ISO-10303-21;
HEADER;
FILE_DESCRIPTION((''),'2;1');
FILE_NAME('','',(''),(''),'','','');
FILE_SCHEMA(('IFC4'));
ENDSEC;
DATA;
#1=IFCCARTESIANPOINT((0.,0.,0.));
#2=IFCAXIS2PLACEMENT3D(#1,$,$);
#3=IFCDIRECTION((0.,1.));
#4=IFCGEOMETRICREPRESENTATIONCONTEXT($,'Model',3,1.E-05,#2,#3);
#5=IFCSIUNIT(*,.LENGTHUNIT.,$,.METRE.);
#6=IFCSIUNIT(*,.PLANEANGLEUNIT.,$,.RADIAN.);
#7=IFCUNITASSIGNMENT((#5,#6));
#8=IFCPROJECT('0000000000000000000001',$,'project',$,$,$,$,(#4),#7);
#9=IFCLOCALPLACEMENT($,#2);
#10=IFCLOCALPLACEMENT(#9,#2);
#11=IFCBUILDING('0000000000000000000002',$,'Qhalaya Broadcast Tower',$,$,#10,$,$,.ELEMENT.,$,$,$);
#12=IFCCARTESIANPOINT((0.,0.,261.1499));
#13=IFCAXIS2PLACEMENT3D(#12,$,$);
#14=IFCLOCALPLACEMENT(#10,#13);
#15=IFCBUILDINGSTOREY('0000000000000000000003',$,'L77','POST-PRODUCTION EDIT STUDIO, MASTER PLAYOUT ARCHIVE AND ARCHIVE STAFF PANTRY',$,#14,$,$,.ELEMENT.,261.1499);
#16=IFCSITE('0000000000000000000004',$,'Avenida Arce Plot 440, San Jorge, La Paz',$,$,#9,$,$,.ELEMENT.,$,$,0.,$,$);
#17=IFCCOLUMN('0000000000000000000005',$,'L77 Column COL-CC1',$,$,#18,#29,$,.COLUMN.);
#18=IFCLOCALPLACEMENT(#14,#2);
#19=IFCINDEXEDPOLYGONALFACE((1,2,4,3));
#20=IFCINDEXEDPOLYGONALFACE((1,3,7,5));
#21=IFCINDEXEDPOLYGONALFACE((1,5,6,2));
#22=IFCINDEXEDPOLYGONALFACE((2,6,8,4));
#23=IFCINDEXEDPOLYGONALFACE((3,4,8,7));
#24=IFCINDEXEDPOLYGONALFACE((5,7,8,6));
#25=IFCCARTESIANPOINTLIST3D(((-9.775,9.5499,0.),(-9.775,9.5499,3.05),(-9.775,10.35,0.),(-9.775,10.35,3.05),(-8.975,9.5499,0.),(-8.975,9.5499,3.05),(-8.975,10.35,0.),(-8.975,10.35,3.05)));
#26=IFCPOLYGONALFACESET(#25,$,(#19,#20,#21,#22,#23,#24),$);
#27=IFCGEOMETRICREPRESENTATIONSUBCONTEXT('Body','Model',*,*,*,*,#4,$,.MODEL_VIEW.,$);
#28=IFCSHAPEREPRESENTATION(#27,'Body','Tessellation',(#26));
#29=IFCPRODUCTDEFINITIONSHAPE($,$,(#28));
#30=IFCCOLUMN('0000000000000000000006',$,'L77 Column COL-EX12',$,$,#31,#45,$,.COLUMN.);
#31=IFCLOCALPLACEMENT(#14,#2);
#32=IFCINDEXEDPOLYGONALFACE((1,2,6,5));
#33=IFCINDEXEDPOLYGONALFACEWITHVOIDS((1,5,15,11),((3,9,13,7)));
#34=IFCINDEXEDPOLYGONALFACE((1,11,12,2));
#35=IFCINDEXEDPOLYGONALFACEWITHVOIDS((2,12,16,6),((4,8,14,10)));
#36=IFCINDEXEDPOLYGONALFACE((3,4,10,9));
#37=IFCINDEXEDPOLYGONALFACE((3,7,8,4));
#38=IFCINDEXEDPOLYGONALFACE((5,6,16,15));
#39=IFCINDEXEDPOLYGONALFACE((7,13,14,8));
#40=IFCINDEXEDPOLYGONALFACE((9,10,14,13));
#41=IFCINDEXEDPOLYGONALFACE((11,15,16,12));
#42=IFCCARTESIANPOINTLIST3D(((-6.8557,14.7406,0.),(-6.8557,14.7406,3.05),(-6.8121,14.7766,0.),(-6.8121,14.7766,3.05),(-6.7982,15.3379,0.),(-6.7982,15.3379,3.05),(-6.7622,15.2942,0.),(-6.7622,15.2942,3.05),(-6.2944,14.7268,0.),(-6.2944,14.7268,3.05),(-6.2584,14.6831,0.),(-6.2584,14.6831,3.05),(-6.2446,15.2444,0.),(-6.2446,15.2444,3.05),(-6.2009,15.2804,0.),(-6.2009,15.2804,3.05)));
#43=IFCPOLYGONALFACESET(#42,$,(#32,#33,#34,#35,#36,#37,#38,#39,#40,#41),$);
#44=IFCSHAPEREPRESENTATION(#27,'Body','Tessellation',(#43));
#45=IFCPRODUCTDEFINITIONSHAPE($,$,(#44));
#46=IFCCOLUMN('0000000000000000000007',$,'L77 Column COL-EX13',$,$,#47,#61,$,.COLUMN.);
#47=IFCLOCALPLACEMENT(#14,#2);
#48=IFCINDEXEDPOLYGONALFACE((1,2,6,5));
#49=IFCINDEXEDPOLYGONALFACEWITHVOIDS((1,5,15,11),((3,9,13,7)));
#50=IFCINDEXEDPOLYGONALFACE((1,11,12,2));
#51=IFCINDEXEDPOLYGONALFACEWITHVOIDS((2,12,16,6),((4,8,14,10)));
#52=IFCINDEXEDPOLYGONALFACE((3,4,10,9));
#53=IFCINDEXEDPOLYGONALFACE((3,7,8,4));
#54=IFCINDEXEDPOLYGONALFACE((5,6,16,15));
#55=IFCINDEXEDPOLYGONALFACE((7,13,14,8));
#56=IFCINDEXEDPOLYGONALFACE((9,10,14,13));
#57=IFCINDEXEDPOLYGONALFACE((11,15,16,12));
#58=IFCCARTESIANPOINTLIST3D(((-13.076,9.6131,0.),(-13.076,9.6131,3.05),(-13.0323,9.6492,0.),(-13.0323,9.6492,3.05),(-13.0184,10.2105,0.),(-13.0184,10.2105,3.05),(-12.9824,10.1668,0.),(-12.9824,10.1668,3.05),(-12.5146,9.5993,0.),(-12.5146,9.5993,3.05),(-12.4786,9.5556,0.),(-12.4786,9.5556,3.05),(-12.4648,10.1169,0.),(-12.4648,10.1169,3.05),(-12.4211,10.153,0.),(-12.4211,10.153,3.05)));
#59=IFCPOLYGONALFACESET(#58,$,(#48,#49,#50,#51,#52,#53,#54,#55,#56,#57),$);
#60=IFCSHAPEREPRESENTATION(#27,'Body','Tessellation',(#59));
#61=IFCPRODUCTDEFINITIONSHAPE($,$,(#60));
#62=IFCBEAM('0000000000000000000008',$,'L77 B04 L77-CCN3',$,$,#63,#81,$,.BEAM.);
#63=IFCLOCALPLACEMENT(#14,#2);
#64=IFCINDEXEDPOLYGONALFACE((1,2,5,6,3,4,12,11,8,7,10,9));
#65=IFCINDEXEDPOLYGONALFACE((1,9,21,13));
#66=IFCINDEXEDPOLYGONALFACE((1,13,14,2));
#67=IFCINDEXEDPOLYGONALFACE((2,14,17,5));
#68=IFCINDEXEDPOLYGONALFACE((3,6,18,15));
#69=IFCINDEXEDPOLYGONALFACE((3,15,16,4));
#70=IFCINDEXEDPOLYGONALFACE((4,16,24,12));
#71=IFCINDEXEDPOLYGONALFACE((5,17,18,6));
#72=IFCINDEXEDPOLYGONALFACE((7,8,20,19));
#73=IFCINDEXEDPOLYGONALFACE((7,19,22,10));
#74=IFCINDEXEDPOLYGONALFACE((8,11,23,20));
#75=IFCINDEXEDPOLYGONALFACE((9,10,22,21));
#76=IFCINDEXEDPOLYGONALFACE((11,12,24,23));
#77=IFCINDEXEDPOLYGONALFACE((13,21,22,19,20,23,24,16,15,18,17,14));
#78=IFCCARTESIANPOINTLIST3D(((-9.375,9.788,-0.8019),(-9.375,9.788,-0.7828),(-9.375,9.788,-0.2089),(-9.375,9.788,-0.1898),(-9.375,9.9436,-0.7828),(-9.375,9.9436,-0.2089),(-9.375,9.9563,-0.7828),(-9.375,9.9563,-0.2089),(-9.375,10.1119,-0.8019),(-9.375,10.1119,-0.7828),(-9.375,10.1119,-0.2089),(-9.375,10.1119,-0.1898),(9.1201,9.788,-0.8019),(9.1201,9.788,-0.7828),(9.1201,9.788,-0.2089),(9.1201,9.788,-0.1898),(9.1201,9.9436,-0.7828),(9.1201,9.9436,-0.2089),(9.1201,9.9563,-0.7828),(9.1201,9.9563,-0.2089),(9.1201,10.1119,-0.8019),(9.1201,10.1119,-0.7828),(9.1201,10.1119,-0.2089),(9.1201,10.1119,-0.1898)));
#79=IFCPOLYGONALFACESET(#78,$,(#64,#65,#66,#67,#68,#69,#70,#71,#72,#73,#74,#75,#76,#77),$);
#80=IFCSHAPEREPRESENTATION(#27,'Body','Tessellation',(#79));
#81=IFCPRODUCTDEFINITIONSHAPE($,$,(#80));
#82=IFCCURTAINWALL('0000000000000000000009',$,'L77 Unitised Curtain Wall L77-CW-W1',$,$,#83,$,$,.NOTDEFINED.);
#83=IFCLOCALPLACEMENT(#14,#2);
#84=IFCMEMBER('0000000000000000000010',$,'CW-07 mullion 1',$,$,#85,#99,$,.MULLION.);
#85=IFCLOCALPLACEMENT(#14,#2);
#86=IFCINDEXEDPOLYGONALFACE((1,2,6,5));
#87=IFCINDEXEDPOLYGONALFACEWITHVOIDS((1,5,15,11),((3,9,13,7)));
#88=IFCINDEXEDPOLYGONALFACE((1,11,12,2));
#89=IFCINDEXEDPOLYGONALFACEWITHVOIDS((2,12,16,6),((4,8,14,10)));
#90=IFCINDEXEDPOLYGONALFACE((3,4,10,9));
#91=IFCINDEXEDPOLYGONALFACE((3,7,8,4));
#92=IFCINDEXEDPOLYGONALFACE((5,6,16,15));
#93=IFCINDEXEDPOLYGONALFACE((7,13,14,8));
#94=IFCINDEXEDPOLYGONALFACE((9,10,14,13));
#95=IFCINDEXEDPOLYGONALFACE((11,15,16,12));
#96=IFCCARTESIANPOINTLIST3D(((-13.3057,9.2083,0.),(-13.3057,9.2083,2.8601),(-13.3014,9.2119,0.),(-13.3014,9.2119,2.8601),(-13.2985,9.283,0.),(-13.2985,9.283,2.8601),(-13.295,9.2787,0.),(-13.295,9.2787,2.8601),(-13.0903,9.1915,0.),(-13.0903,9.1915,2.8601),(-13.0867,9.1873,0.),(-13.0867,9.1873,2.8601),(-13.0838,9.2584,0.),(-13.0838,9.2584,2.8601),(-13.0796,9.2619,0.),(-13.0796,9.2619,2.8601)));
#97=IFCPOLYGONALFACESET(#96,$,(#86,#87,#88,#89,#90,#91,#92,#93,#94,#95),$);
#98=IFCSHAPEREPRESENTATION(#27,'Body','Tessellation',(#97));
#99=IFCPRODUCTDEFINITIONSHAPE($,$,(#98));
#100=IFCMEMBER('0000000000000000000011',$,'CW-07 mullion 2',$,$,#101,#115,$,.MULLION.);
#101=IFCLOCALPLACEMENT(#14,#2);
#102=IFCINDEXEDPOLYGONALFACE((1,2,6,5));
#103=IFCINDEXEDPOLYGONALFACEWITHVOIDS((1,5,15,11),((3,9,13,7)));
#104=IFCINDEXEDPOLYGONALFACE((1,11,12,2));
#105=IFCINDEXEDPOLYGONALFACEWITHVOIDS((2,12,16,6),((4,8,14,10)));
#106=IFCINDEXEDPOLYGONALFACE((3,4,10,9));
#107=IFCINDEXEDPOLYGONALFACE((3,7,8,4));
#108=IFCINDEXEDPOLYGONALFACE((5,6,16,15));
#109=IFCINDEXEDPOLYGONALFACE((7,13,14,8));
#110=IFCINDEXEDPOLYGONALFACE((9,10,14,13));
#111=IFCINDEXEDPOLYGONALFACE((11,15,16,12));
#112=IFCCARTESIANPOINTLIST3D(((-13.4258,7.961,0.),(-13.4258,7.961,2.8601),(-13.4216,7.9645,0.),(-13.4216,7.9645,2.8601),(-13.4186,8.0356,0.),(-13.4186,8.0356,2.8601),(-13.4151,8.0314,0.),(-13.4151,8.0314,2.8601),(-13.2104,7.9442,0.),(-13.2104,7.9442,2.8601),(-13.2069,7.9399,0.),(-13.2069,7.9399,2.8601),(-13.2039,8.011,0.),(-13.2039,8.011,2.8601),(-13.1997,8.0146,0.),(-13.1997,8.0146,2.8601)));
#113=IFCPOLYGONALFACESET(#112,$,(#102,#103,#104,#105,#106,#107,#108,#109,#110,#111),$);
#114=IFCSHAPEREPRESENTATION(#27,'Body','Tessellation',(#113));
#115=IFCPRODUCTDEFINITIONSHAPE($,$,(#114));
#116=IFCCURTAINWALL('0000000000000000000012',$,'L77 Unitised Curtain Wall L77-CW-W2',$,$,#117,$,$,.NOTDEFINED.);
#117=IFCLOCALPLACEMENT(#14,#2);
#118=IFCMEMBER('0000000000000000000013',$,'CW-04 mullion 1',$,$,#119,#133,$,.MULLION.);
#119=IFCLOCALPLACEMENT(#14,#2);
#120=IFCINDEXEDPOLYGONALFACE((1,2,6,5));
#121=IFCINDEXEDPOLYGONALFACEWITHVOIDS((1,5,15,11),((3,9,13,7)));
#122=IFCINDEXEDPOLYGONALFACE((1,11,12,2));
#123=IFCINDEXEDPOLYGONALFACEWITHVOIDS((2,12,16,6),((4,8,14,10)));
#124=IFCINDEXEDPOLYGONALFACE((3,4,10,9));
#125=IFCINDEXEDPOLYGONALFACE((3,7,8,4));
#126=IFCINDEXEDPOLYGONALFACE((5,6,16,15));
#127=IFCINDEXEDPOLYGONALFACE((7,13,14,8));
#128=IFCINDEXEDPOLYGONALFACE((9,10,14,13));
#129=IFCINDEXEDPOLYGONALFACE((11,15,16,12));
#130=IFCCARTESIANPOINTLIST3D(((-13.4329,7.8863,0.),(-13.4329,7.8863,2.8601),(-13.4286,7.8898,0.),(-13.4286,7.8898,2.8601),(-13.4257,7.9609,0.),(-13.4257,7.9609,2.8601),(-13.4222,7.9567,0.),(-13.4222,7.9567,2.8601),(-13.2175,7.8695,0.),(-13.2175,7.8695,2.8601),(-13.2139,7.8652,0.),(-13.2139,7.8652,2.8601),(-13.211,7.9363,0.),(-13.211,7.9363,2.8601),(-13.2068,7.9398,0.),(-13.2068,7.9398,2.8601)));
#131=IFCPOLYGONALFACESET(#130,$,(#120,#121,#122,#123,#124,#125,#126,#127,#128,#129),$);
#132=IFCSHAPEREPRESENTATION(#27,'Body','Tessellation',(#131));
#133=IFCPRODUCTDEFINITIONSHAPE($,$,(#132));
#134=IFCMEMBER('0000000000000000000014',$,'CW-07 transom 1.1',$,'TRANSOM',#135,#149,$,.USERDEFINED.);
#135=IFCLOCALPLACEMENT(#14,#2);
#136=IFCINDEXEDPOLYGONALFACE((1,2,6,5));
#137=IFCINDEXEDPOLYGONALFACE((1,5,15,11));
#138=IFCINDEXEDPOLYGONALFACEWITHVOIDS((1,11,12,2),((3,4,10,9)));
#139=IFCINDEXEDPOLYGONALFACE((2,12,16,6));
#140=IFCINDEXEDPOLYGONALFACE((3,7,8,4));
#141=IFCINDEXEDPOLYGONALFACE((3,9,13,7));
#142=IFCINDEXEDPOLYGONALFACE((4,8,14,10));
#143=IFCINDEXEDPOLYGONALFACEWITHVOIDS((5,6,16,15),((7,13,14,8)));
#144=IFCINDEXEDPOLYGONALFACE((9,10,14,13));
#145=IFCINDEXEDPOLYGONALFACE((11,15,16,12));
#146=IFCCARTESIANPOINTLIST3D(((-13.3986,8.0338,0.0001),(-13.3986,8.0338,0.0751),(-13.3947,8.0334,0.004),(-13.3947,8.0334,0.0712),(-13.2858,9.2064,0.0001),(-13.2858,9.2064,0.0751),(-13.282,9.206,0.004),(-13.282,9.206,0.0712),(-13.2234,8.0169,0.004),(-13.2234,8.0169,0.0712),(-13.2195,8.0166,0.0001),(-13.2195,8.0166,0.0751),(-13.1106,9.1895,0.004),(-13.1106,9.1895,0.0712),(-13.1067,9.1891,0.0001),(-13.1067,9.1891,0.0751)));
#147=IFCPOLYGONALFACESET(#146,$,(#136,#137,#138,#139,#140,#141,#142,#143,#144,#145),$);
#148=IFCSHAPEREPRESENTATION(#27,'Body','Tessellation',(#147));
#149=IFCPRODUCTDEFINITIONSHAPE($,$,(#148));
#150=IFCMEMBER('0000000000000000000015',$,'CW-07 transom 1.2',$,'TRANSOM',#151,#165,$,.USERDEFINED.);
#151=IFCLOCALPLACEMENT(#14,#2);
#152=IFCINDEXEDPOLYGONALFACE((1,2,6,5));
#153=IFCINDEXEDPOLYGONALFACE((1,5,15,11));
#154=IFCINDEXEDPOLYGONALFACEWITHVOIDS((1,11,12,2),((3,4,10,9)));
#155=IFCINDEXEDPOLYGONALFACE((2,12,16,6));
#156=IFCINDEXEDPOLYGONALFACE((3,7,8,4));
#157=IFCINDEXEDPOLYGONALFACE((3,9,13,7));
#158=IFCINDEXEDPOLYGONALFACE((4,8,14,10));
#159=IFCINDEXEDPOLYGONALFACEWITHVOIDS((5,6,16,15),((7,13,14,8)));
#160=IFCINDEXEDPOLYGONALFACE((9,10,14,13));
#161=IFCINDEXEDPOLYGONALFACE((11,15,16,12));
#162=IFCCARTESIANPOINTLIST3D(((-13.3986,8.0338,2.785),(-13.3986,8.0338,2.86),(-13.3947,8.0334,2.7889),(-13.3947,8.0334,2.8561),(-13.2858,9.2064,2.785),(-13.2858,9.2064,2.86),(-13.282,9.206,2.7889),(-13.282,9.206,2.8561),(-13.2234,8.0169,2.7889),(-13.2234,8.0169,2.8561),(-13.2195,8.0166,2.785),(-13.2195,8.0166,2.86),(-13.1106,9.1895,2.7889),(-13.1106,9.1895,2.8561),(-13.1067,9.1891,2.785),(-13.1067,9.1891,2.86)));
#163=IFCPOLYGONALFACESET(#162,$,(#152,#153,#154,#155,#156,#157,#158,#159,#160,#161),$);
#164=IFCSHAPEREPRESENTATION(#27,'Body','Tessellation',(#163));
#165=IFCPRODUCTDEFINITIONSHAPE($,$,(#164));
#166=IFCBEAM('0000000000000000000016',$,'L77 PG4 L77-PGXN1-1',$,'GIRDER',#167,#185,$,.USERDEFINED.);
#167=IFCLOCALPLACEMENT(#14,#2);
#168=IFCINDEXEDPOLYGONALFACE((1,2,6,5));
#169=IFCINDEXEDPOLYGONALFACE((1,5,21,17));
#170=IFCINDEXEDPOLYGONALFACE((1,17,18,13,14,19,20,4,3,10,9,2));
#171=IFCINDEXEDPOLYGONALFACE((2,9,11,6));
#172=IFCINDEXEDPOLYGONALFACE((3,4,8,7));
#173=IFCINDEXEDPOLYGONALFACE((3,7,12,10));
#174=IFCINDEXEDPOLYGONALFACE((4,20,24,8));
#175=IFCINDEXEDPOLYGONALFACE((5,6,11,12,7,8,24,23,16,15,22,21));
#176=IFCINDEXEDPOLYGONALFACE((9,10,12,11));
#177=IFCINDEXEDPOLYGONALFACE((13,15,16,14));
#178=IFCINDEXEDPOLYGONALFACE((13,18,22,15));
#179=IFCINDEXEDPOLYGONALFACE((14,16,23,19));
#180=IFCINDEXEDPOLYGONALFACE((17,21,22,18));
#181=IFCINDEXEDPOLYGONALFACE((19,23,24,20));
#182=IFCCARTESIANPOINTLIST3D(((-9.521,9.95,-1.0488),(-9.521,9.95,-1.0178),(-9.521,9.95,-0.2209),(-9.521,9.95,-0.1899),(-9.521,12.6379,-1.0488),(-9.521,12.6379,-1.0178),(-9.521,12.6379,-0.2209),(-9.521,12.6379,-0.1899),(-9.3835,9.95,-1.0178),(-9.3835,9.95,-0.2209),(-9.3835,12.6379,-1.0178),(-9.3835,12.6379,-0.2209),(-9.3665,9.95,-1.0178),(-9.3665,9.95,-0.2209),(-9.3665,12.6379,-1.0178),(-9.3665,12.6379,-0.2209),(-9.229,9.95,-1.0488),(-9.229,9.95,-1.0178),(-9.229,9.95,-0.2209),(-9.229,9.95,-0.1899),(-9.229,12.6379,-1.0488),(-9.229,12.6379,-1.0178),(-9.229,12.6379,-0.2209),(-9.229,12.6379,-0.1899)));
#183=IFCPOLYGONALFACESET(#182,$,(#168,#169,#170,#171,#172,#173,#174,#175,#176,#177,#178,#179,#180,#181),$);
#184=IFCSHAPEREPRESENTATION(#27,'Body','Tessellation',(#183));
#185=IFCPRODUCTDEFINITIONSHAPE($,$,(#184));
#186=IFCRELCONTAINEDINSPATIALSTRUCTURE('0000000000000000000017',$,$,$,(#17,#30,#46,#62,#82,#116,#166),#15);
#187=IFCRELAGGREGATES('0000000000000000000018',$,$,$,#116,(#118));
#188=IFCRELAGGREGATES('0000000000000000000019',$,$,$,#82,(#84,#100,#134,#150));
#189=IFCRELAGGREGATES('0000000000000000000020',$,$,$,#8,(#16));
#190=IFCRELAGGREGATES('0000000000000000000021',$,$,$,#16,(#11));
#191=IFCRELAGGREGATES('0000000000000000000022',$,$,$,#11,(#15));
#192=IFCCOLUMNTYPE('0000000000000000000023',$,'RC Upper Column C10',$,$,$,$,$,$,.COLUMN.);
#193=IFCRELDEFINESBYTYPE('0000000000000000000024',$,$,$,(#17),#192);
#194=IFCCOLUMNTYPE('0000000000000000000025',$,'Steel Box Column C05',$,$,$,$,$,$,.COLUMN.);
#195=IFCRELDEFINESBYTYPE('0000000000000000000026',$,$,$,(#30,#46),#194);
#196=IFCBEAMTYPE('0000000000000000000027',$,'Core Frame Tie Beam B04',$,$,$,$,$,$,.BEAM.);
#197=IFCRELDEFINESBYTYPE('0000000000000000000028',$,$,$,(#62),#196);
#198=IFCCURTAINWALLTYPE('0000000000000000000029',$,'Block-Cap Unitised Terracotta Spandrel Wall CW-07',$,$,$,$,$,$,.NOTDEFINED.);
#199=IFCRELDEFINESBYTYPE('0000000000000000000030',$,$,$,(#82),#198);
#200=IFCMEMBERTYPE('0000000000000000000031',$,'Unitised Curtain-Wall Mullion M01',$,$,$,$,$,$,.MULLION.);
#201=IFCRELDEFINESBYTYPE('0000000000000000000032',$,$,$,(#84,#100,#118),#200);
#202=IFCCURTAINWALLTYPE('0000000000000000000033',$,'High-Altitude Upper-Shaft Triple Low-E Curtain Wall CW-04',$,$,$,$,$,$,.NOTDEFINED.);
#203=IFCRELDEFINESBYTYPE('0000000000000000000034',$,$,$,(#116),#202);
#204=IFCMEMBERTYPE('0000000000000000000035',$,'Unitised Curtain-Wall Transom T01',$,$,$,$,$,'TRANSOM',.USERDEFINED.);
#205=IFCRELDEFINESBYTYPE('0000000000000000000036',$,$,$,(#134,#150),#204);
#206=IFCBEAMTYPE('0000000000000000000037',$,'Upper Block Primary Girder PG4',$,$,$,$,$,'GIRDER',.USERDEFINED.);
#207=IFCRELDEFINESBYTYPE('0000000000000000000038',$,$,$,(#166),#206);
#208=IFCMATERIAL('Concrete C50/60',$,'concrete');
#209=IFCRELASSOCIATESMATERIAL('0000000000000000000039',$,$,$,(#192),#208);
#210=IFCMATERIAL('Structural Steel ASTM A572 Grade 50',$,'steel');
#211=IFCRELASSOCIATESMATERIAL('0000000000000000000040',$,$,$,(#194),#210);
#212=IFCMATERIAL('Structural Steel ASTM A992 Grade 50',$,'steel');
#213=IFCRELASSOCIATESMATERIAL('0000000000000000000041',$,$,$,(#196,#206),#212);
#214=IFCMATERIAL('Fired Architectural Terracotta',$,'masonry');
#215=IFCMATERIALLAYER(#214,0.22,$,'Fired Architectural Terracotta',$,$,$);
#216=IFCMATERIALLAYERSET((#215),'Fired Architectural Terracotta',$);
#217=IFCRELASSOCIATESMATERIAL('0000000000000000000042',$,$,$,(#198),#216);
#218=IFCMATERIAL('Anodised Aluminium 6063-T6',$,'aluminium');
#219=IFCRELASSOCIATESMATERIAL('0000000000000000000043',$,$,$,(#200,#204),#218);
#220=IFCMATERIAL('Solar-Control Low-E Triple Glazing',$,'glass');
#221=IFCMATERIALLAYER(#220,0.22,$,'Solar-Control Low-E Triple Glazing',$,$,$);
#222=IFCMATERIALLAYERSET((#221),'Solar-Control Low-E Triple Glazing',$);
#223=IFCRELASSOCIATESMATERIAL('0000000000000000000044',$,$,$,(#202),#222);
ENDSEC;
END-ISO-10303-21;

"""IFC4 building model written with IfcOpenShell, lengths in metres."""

from ifc_helpers import new_model, si_unit, direction, frame, origin, origin_2d, place, context, subcontext, project, spatial, rectangle, hollow_rectangle, i_section, extrude, material, layer, layer_set, material_profile, profile_set, type_object, element, aggregate, save


model = new_model("IFC4")

# Units and contexts
model_context = context("Model", 3, precision=1e-05, world=origin(), true_north=direction((0.0, 1.0)))
body_context = subcontext(model_context, "Body", "Model", "MODEL_VIEW")
ifc_project = project(units=[si_unit("LENGTHUNIT", "METRE"), si_unit("PLANEANGLEUNIT", "RADIAN")], contexts=[model_context])

# Site, building, storey
site_placement = place(None, origin())
site = spatial("IfcSite", under=ifc_project, at=site_placement, Name="Avenida Arce Plot 440, San Jorge, La Paz", CompositionType="ELEMENT", RefElevation=0.0)
building_placement = place(site_placement, origin())
building = spatial("IfcBuilding", under=site, at=building_placement, Name="Qhalaya Broadcast Tower", CompositionType="ELEMENT")
storey_placement = place(building_placement, frame((0.0, 0.0, 261.1499)))
storey = spatial("IfcBuildingStorey", under=building, at=storey_placement, Name="L77", Description="POST-PRODUCTION EDIT STUDIO, MASTER PLAYOUT ARCHIVE AND ARCHIVE STAFF PANTRY", CompositionType="ELEMENT", Elevation=261.1499)

# Columns
ifc_material_1 = material(Name="Concrete C50/60", Category="concrete")
ifc_material_profile_1 = material_profile(ifc_material_1, rectangle(XDim=0.8, YDim=0.8, at=origin_2d()), Name="RC-COL 800x800")
ifc_profile_set_1 = profile_set([ifc_material_profile_1], Name="Concrete C50/60")
column_type_1 = type_object("IfcColumnType", Name="RC Upper Column C10", PredefinedType="COLUMN", material=ifc_profile_set_1)
column_placement = place(storey_placement, frame((-9.375, 9.95, 0.0), z_axis=(0.0, 0.0, 1.0), x_axis=(1.0, 0.0, 0.0)))
element("IfcColumn", 1, at=column_placement, inside=storey, type_object=column_type_1, Name="L77 Column COL-CC1", PredefinedType="COLUMN", context=body_context, shape_type="SweptSolid", body=[
    extrude(rectangle(XDim=0.8, YDim=0.8, at=origin_2d()), origin(), (0.0, 0.0, 1.0), 3.05),
])
ifc_material_2 = material(Name="Structural Steel ASTM A572 Grade 50", Category="steel")
ifc_material_profile_2 = material_profile(ifc_material_2, hollow_rectangle(XDim=0.6001, YDim=0.6001, WallThickness=0.04, at=origin_2d()), Name="BOX 600x600x40")
ifc_profile_set_2 = profile_set([ifc_material_profile_2], Name="Structural Steel ASTM A572 Grade 50")
column_type_2 = type_object("IfcColumnType", Name="Steel Box Column C05", PredefinedType="COLUMN", material=ifc_profile_set_2)
for number, where, z_axis, x_axis, name in (
    (2, (-6.5283, 15.0105, 0.0), (0.0, 0.0, 1.0), (0.995396, -0.095846, 0.0), "L77 Column COL-EX12"),
    (3, (-12.7485, 9.8831, 0.0), (0.0, 0.0, 1.0), (0.095846, 0.995396, 0.0), "L77 Column COL-EX13"),
):
    element("IfcColumn", number, at=place(storey_placement, frame(where, z_axis=z_axis, x_axis=x_axis)), inside=storey, type_object=column_type_2, Name=name, PredefinedType="COLUMN", context=body_context, shape_type="SweptSolid", body=[
        extrude(hollow_rectangle(XDim=0.6001, YDim=0.6001, WallThickness=0.04, at=origin_2d()), origin(), (0.0, 0.0, 1.0), 3.05),
    ])

# Beam
ifc_material_3 = material(Name="Structural Steel ASTM A992 Grade 50", Category="steel")
ifc_material_profile_3 = material_profile(ifc_material_3, i_section(OverallWidth=0.324, OverallDepth=0.6121, WebThickness=0.0127, FlangeThickness=0.019, at=origin_2d()), Name="W24X104")
ifc_profile_set_3 = profile_set([ifc_material_profile_3], Name="Structural Steel ASTM A992 Grade 50")
beam_type_1 = type_object("IfcBeamType", Name="Core Frame Tie Beam B04", PredefinedType="BEAM", material=ifc_profile_set_3)
beam_1_placement = place(storey_placement, frame((-9.375, 9.95, -0.4958), z_axis=(1.0, 0.0, 0.0), x_axis=(0.0, 1.0, 0.0)))
element("IfcBeam", 4, at=beam_1_placement, inside=storey, type_object=beam_type_1, Name="L77 B04 L77-CCN3", PredefinedType="BEAM", context=body_context, shape_type="SweptSolid", body=[
    extrude(i_section(OverallWidth=0.324, OverallDepth=0.6121, WebThickness=0.0127, FlangeThickness=0.019, at=origin_2d()), origin(), (0.0, 0.0, 1.0), 18.4951),
])

# Curtain wall, members
ifc_material_4 = material(Name="Fired Architectural Terracotta", Category="masonry")
ifc_layer_1 = layer(ifc_material_4, 0.22, Name="Fired Architectural Terracotta")
ifc_layer_set_1 = layer_set([ifc_layer_1], Name="Fired Architectural Terracotta")
curtain_wall_type_1 = type_object("IfcCurtainWallType", Name="Block-Cap Unitised Terracotta Spandrel Wall CW-07", PredefinedType="NOTDEFINED", material=ifc_layer_set_1)
curtain_wall_1_placement = place(storey_placement, origin())
curtain_wall_1 = element("IfcCurtainWall", 5, at=curtain_wall_1_placement, inside=storey, type_object=curtain_wall_type_1, Name="L77 Unitised Curtain Wall L77-CW-W1", PredefinedType="NOTDEFINED")
ifc_material_5 = material(Name="Anodised Aluminium 6063-T6", Category="aluminium")
ifc_material_profile_4 = material_profile(ifc_material_5, hollow_rectangle(XDim=0.075, YDim=0.22, WallThickness=0.0039, at=origin_2d()), Name="ALU-MUL 75x220x4")
ifc_profile_set_4 = profile_set([ifc_material_profile_4], Name="Anodised Aluminium 6063-T6")
member_type_1 = type_object("IfcMemberType", Name="Unitised Curtain-Wall Mullion M01", PredefinedType="MULLION", material=ifc_profile_set_4)
member_1_placement = place(storey_placement, frame((-13.1926, 9.2351, 0.0), z_axis=(0.0, 0.0, 1.0), x_axis=(-0.095857, -0.995395, 0.0)))
member_1 = element("IfcMember", 6, at=member_1_placement, type_object=member_type_1, Name="CW-07 mullion 1", PredefinedType="MULLION", context=body_context, shape_type="SweptSolid", body=[
    extrude(hollow_rectangle(XDim=0.075, YDim=0.22, WallThickness=0.0039, at=origin_2d()), origin(), (0.0, 0.0, 1.0), 2.8601),
])
member_2_placement = place(storey_placement, frame((-13.3127, 7.9878, 0.0), z_axis=(0.0, 0.0, 1.0), x_axis=(-0.095857, -0.995395, 0.0)))
member_2 = element("IfcMember", 7, at=member_2_placement, type_object=member_type_1, Name="CW-07 mullion 2", PredefinedType="MULLION", context=body_context, shape_type="SweptSolid", body=[
    extrude(hollow_rectangle(XDim=0.075, YDim=0.22, WallThickness=0.0039, at=origin_2d()), origin(), (0.0, 0.0, 1.0), 2.8601),
])

# Curtain wall, member
ifc_material_6 = material(Name="Solar-Control Low-E Triple Glazing", Category="glass")
ifc_layer_2 = layer(ifc_material_6, 0.22, Name="Solar-Control Low-E Triple Glazing")
ifc_layer_set_2 = layer_set([ifc_layer_2], Name="Solar-Control Low-E Triple Glazing")
curtain_wall_type_2 = type_object("IfcCurtainWallType", Name="High-Altitude Upper-Shaft Triple Low-E Curtain Wall CW-04", PredefinedType="NOTDEFINED", material=ifc_layer_set_2)
curtain_wall_2_placement = place(storey_placement, origin())
curtain_wall_2 = element("IfcCurtainWall", 8, at=curtain_wall_2_placement, inside=storey, type_object=curtain_wall_type_2, Name="L77 Unitised Curtain Wall L77-CW-W2", PredefinedType="NOTDEFINED")
member_3_placement = place(storey_placement, frame((-13.3198, 7.9131, 0.0), z_axis=(0.0, 0.0, 1.0), x_axis=(-0.095851, -0.995396, 0.0)))
member_3 = element("IfcMember", 9, at=member_3_placement, type_object=member_type_1, Name="CW-04 mullion 1", PredefinedType="MULLION", context=body_context, shape_type="SweptSolid", body=[
    extrude(hollow_rectangle(XDim=0.075, YDim=0.22, WallThickness=0.0039, at=origin_2d()), origin(), (0.0, 0.0, 1.0), 2.8601),
])
aggregate(curtain_wall_2, [member_3])

# Members
ifc_material_profile_5 = material_profile(ifc_material_5, hollow_rectangle(XDim=0.075, YDim=0.1799, WallThickness=0.0039, at=origin_2d()), Name="ALU-TRN 75x180x4")
ifc_profile_set_5 = profile_set([ifc_material_profile_5], Name="Anodised Aluminium 6063-T6")
member_type_2 = type_object("IfcMemberType", Name="Unitised Curtain-Wall Transom T01", ElementType="TRANSOM", PredefinedType="USERDEFINED", material=ifc_profile_set_5)
member_4_placement = place(storey_placement, frame((-13.1963, 9.1978, 0.0376), z_axis=(-0.095748, -0.995406, 0.0), x_axis=(0.0, 0.0, 1.0)))
member_4 = element("IfcMember", 10, at=member_4_placement, type_object=member_type_2, Name="CW-07 transom 1.1", ObjectType="TRANSOM", PredefinedType="USERDEFINED", context=body_context, shape_type="SweptSolid", body=[
    extrude(hollow_rectangle(XDim=0.075, YDim=0.1799, WallThickness=0.0039, at=origin_2d()), origin(), (0.0, 0.0, 1.0), 1.178),
])
member_5_placement = place(storey_placement, frame((-13.1963, 9.1978, 2.8225), z_axis=(-0.095748, -0.995406, 0.0), x_axis=(0.0, 0.0, 1.0)))
member_5 = element("IfcMember", 11, at=member_5_placement, type_object=member_type_2, Name="CW-07 transom 1.2", ObjectType="TRANSOM", PredefinedType="USERDEFINED", context=body_context, shape_type="SweptSolid", body=[
    extrude(hollow_rectangle(XDim=0.075, YDim=0.1799, WallThickness=0.0039, at=origin_2d()), origin(), (0.0, 0.0, 1.0), 1.178),
])

# Beam
ifc_material_profile_6 = material_profile(ifc_material_3, i_section(OverallWidth=0.292, OverallDepth=0.8589, WebThickness=0.0171, FlangeThickness=0.031, at=origin_2d()), Name="W33X169")
ifc_profile_set_6 = profile_set([ifc_material_profile_6], Name="Structural Steel ASTM A992 Grade 50")
beam_type_2 = type_object("IfcBeamType", Name="Upper Block Primary Girder PG4", ElementType="GIRDER", PredefinedType="USERDEFINED", material=ifc_profile_set_6)
beam_2_placement = place(storey_placement, frame((-9.375, 9.95, -0.6194), z_axis=(0.0, 1.0, 0.0), x_axis=(-1.0, 0.0, 0.0)))
element("IfcBeam", 12, at=beam_2_placement, inside=storey, type_object=beam_type_2, Name="L77 PG4 L77-PGXN1-1", ObjectType="GIRDER", PredefinedType="USERDEFINED", context=body_context, shape_type="SweptSolid", body=[
    extrude(i_section(OverallWidth=0.292, OverallDepth=0.8589, WebThickness=0.0171, FlangeThickness=0.031, at=origin_2d()), origin(), (0.0, 0.0, 1.0), 2.688),
])

aggregate(curtain_wall_1, [member_1, member_2, member_4, member_5])

save(model, "model.ifc")
